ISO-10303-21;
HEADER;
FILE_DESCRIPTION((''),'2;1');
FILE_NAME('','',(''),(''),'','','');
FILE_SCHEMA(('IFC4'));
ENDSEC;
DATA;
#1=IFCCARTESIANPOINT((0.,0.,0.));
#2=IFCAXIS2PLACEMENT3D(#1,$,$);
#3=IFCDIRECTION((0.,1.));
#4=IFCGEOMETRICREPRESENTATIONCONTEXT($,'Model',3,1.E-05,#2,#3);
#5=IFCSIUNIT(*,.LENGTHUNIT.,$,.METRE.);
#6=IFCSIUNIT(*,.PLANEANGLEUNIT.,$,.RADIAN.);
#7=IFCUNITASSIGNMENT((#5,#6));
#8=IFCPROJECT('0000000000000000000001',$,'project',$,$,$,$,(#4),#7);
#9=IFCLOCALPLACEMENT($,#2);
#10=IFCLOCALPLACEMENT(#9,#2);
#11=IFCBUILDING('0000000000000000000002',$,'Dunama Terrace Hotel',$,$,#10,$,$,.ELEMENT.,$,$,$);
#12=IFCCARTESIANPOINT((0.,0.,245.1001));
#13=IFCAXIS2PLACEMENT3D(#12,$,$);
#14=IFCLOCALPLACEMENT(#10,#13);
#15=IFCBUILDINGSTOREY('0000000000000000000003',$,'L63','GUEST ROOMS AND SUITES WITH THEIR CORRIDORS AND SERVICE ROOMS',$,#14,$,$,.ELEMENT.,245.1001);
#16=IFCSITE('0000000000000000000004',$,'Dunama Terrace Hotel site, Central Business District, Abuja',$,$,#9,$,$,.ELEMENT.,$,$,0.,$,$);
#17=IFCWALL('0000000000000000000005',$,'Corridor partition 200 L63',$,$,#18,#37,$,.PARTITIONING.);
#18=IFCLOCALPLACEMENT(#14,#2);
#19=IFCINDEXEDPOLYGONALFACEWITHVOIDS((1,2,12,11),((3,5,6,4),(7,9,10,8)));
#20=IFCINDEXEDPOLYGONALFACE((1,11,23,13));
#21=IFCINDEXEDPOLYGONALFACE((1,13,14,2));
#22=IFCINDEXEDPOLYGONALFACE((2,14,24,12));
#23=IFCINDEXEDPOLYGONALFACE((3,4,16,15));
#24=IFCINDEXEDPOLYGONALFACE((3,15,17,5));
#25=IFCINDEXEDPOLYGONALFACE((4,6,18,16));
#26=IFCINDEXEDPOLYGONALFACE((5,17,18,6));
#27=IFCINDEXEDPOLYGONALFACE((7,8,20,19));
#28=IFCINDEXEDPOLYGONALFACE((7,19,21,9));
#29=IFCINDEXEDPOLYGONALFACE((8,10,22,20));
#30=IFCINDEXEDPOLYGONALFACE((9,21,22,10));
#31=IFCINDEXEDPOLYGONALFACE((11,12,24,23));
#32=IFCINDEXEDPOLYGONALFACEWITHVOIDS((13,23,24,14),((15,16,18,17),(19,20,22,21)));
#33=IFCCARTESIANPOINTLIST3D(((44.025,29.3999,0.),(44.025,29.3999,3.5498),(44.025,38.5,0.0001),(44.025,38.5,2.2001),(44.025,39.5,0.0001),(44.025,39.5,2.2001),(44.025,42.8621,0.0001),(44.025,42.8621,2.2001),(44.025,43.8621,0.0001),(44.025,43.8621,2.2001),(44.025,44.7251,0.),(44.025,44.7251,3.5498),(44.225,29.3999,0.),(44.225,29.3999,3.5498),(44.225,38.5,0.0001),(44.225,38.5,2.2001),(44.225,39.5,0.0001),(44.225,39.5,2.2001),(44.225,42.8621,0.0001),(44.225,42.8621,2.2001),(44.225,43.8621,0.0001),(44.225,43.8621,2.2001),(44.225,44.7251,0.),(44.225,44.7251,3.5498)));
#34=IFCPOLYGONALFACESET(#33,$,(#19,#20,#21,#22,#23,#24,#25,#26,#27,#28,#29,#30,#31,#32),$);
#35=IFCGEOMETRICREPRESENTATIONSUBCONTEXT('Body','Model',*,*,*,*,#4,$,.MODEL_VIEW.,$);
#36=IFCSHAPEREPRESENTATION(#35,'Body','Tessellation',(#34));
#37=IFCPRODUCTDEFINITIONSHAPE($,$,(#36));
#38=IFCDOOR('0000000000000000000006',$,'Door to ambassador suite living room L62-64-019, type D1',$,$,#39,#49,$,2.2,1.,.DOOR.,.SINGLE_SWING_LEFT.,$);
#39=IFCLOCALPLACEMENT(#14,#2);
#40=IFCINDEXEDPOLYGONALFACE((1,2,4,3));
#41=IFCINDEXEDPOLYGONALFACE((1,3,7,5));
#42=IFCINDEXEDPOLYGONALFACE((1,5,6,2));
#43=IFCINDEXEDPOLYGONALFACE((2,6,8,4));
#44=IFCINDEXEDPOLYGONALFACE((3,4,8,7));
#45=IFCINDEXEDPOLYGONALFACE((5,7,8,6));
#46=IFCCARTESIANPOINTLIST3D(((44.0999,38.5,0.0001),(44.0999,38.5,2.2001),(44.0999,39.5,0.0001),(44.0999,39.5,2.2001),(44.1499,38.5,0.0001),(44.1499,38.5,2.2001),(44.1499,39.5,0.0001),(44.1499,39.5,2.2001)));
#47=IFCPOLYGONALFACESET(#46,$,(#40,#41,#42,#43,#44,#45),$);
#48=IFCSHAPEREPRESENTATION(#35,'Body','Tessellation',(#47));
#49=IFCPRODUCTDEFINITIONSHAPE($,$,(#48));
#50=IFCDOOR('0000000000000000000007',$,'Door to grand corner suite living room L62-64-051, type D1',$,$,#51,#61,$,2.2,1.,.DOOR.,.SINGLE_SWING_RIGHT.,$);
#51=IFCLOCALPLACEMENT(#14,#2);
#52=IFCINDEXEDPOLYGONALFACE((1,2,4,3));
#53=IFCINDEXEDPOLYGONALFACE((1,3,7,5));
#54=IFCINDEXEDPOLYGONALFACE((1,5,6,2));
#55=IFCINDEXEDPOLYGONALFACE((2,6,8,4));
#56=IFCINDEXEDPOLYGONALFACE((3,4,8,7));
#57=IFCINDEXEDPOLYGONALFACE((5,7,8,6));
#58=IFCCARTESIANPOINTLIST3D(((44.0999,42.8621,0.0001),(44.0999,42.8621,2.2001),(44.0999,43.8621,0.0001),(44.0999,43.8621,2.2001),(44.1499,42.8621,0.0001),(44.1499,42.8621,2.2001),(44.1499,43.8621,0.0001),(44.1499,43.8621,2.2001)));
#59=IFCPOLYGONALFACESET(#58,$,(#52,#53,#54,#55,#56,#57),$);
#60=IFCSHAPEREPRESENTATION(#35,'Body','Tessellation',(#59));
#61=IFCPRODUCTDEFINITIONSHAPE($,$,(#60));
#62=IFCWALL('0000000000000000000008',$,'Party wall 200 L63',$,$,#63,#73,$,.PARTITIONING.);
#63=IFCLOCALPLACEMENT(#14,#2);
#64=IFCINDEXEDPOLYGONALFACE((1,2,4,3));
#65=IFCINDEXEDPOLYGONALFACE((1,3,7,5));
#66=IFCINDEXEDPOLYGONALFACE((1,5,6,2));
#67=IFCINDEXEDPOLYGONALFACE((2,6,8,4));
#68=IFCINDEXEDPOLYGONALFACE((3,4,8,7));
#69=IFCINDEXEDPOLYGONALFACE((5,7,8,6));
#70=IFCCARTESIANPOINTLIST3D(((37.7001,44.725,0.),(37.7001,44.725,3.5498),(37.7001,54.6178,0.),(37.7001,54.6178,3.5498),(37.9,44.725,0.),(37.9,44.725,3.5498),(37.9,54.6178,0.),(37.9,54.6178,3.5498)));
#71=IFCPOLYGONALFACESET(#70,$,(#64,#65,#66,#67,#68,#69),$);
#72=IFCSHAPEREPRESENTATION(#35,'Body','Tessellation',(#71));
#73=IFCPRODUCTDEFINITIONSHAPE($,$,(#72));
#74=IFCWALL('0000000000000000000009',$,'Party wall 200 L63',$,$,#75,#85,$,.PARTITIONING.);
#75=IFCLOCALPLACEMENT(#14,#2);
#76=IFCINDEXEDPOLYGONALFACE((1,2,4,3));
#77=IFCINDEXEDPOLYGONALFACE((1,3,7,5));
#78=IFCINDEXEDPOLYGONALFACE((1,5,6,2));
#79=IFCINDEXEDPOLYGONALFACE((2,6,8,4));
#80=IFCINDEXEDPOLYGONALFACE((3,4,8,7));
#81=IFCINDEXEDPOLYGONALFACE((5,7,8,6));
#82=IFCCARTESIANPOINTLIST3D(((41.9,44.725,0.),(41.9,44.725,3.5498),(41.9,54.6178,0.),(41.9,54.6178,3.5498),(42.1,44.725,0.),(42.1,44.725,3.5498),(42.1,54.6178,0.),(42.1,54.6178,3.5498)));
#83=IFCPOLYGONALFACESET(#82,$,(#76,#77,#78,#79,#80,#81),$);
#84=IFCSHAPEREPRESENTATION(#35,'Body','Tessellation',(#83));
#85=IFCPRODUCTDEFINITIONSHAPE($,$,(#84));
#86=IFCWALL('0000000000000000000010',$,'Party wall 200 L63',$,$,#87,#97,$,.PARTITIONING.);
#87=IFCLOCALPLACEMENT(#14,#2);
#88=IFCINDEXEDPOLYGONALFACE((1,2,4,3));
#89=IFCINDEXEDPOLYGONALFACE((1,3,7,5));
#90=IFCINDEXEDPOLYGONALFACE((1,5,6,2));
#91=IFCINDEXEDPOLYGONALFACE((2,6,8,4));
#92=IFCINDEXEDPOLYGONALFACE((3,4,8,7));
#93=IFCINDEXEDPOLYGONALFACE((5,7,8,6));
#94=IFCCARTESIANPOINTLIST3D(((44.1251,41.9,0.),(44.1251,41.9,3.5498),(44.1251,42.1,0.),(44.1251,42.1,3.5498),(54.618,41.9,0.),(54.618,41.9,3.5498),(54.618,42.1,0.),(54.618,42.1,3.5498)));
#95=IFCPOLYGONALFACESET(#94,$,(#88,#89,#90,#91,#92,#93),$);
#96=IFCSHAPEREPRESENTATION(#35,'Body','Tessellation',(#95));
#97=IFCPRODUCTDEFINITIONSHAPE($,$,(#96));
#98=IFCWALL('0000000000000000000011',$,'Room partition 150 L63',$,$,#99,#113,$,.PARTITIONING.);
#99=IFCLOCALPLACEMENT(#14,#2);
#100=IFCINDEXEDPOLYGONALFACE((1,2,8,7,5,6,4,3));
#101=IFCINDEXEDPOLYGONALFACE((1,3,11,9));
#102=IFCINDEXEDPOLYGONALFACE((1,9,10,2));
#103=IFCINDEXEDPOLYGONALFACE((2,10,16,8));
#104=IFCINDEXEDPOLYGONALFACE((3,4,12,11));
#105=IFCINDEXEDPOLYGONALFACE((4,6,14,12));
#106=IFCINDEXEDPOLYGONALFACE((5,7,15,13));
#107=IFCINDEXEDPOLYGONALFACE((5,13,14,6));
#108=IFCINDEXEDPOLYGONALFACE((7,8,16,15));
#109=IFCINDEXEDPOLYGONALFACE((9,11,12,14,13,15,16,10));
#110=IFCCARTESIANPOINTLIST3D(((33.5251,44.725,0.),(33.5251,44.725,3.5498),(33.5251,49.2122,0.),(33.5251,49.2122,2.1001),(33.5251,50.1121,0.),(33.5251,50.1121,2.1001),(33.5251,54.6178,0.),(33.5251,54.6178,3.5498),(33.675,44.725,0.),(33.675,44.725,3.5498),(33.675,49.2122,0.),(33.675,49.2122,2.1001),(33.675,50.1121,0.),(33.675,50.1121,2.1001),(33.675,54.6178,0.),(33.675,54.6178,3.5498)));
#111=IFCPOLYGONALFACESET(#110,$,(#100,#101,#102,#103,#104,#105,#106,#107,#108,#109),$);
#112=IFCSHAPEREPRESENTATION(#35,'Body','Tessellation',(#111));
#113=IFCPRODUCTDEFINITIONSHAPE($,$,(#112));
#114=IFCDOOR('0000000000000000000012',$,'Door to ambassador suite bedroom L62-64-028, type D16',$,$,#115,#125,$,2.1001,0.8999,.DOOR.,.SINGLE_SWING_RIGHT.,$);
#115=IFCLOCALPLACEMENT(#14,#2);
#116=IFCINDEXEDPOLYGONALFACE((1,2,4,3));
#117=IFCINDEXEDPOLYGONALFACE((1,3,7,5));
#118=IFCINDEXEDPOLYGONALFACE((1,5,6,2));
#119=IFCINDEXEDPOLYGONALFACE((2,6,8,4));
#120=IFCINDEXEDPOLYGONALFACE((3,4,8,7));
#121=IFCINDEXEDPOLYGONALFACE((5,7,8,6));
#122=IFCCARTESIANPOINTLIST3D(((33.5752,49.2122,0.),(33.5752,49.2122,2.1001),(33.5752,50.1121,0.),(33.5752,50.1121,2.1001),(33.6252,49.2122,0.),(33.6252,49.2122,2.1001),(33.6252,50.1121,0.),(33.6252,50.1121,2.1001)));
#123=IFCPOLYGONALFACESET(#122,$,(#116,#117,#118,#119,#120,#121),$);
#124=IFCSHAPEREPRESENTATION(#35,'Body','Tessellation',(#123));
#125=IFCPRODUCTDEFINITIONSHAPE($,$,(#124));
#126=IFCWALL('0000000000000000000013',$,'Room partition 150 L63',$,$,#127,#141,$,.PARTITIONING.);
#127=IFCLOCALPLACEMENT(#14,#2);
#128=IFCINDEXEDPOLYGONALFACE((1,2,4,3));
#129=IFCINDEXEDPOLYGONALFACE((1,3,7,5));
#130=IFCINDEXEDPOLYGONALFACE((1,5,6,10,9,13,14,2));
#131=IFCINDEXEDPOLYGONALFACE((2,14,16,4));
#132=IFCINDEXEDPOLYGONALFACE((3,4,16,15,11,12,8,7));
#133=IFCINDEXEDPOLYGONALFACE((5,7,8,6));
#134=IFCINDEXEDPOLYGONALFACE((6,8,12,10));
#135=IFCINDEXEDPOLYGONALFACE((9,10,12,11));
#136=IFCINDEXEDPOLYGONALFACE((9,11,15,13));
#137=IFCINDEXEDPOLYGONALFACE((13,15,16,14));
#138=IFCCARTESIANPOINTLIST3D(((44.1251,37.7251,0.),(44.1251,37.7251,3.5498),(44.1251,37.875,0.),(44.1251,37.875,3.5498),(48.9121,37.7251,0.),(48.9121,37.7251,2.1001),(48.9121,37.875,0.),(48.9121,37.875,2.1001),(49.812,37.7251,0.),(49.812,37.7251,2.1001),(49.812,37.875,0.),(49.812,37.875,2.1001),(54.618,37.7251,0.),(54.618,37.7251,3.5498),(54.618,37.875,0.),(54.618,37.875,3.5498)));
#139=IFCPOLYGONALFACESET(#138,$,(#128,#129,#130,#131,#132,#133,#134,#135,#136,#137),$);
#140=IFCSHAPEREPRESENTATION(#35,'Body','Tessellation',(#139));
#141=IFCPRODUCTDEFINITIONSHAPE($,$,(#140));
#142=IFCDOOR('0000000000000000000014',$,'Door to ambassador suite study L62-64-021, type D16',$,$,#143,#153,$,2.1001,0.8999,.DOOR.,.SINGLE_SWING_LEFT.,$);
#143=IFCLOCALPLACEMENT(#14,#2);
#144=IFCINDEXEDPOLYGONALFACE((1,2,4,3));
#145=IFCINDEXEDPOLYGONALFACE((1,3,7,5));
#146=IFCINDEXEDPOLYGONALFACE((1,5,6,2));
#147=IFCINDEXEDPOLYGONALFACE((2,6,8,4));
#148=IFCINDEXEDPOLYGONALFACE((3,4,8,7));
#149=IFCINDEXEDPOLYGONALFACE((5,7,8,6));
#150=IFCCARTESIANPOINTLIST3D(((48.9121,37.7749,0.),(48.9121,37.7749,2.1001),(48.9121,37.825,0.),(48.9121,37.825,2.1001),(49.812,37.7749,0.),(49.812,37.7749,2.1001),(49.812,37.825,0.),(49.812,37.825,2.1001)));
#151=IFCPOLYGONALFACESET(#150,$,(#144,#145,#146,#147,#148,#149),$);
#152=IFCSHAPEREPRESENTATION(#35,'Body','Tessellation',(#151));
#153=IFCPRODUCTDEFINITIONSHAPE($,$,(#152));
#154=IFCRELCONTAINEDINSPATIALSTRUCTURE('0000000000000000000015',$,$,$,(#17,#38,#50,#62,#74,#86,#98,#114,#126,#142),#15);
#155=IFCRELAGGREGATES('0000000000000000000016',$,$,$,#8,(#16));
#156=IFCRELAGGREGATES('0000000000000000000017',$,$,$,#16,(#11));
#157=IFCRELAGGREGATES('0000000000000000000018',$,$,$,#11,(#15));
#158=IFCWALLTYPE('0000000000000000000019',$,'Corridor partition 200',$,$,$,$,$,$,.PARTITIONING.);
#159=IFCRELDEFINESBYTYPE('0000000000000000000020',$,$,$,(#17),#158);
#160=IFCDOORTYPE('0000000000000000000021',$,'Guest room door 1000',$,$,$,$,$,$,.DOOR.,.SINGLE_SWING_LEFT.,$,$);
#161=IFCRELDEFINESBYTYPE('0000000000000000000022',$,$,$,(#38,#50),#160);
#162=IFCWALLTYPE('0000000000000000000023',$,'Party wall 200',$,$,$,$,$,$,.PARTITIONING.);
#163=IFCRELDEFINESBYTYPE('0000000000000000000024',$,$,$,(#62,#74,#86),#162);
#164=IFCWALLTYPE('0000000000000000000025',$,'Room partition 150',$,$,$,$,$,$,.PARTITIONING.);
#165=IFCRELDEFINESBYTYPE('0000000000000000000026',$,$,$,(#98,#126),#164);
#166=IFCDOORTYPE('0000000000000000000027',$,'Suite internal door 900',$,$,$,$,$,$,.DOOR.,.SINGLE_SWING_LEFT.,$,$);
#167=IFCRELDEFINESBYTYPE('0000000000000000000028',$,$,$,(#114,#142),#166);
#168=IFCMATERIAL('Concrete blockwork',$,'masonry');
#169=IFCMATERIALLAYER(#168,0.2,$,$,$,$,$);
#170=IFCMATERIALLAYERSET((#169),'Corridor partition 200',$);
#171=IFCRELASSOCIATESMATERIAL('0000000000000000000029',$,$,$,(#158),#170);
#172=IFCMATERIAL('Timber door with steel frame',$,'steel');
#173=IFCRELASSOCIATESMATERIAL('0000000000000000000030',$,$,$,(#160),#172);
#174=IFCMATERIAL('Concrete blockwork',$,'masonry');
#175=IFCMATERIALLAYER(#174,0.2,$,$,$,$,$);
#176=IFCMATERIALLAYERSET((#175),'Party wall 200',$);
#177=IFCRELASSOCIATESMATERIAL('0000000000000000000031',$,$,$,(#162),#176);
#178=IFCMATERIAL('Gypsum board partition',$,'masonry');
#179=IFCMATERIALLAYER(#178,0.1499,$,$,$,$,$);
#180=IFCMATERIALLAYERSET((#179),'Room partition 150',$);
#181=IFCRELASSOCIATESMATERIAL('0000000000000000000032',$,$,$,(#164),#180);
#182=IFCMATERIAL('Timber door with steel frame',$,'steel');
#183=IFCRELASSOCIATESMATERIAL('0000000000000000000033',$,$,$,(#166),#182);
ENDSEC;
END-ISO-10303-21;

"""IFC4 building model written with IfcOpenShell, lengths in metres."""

from ifc_helpers import new_model, si_unit, direction, frame, frame_2d, origin, place, context, subcontext, project, spatial, rectangle, extrude, material, layer, layer_set, type_object, element, fill, save


model = new_model("IFC4")

# Units and contexts
model_context = context("Model", 3, precision=1e-05, world=origin(), true_north=direction((0.0, 1.0)))
body_context = subcontext(model_context, "Body", "Model", "MODEL_VIEW")
ifc_project = project(units=[si_unit("LENGTHUNIT", "METRE"), si_unit("PLANEANGLEUNIT", "RADIAN")], contexts=[model_context])

# Site, building, storey
site_placement = place(None, origin())
site = spatial("IfcSite", under=ifc_project, at=site_placement, Name="Dunama Terrace Hotel site, Central Business District, Abuja", CompositionType="ELEMENT", RefElevation=0.0)
building_placement = place(site_placement, origin())
building = spatial("IfcBuilding", under=site, at=building_placement, Name="Dunama Terrace Hotel", CompositionType="ELEMENT")
storey_placement = place(building_placement, frame((0.0, 0.0, 245.1001)))
storey = spatial("IfcBuildingStorey", under=building, at=storey_placement, Name="L63", Description="GUEST ROOMS AND SUITES WITH THEIR CORRIDORS AND SERVICE ROOMS", CompositionType="ELEMENT", Elevation=245.1001)

# Wall, openings, doors
ifc_material_1 = material(Name="Concrete blockwork", Category="masonry")
ifc_layer_1 = layer(ifc_material_1, 0.2)
ifc_layer_set_1 = layer_set([ifc_layer_1], Name="Corridor partition 200")
wall_type_1 = type_object("IfcWallType", Name="Corridor partition 200", PredefinedType="PARTITIONING", material=ifc_layer_set_1)
wall_1_placement = place(storey_placement, frame((44.125, 44.7251, 0.0), z_axis=(0.0, 0.0, 1.0), x_axis=(0.0, -1.0, 0.0)))
wall_1 = element("IfcWall", 1, at=wall_1_placement, inside=storey, type_object=wall_type_1, Name="Corridor partition 200 L63", PredefinedType="PARTITIONING", context=body_context, shape_type="SweptSolid", body=[
    extrude(rectangle(XDim=15.3252, YDim=0.2, at=frame_2d((7.6626, 0.0))), origin(), (0.0, 0.0, 1.0), 3.5498),
])
opening_1_placement = place(wall_1_placement, frame((5.2251, 0.0, 0.0)))
opening_1 = element("IfcOpeningElement", 2, at=opening_1_placement, cuts=wall_1, PredefinedType="OPENING", context=body_context, shape_type="SweptSolid", body=[
    extrude(rectangle(XDim=1.0, YDim=2.2, at=frame_2d((0.5, 1.1001))), frame((0.0, 0.1099, 0.0), z_axis=(0.0, -1.0, 0.0), x_axis=(1.0, 0.0, 0.0)), (0.0, 0.0, 1.0), 0.22),
])
opening_2_placement = place(wall_1_placement, frame((0.863, 0.0, 0.0)))
opening_2 = element("IfcOpeningElement", 3, at=opening_2_placement, cuts=wall_1, PredefinedType="OPENING", context=body_context, shape_type="SweptSolid", body=[
    extrude(rectangle(XDim=1.0, YDim=2.2, at=frame_2d((0.5, 1.1001))), frame((0.0, 0.1099, 0.0), z_axis=(0.0, -1.0, 0.0), x_axis=(1.0, 0.0, 0.0)), (0.0, 0.0, 1.0), 0.22),
])
ifc_material_2 = material(Name="Timber door with steel frame", Category="steel")
door_type_1 = type_object("IfcDoorType", Name="Guest room door 1000", OperationType="SINGLE_SWING_LEFT", PredefinedType="DOOR", material=ifc_material_2)
door_1_placement = place(opening_1_placement, origin())
door_1 = element("IfcDoor", 4, at=door_1_placement, inside=storey, type_object=door_type_1, Name="Door to ambassador suite living room L62-64-019, type D1", OperationType="SINGLE_SWING_LEFT", OverallHeight=2.2, OverallWidth=1.0, PredefinedType="DOOR", context=body_context, shape_type="SweptSolid", body=[
    extrude(rectangle(XDim=1.0, YDim=2.2, at=frame_2d((0.5, 1.1001))), frame((0.0, 0.0249, 0.0), z_axis=(0.0, -1.0, 0.0), x_axis=(1.0, 0.0, 0.0)), (0.0, 0.0, 1.0), 0.05),
])
fill(opening_1, door_1)
door_2_placement = place(opening_2_placement, origin())
door_2 = element("IfcDoor", 5, at=door_2_placement, inside=storey, type_object=door_type_1, Name="Door to grand corner suite living room L62-64-051, type D1", OperationType="SINGLE_SWING_RIGHT", OverallHeight=2.2, OverallWidth=1.0, PredefinedType="DOOR", context=body_context, shape_type="SweptSolid", body=[
    extrude(rectangle(XDim=1.0, YDim=2.2, at=frame_2d((0.5, 1.1001))), frame((0.0, 0.0249, 0.0), z_axis=(0.0, -1.0, 0.0), x_axis=(1.0, 0.0, 0.0)), (0.0, 0.0, 1.0), 0.05),
])
fill(opening_2, door_2)

# Walls
ifc_material_3 = material(Name="Concrete blockwork", Category="masonry")
ifc_layer_2 = layer(ifc_material_3, 0.2)
ifc_layer_set_2 = layer_set([ifc_layer_2], Name="Party wall 200")
wall_type_2 = type_object("IfcWallType", Name="Party wall 200", PredefinedType="PARTITIONING", material=ifc_layer_set_2)
for number, where, z_axis, x_axis, name in (
    (6, (37.8, 44.7251, 0.0), (0.0, 0.0, 1.0), (0.0, 1.0, 0.0), "Party wall 200 L63"),
    (7, (42.0, 44.7251, 0.0), (0.0, 0.0, 1.0), (0.0, 1.0, 0.0), "Party wall 200 L63"),
):
    element("IfcWall", number, at=place(storey_placement, frame(where, z_axis=z_axis, x_axis=x_axis)), inside=storey, type_object=wall_type_2, Name=name, PredefinedType="PARTITIONING", context=body_context, shape_type="SweptSolid", body=[
        extrude(rectangle(XDim=9.8928, YDim=0.2, at=frame_2d((4.9463, 0.0))), origin(), (0.0, 0.0, 1.0), 3.5498),
    ])
wall_2_placement = place(storey_placement, frame((44.125, 42.0, 0.0), z_axis=(0.0, 0.0, 1.0), x_axis=(1.0, 0.0, 0.0)))
element("IfcWall", 8, at=wall_2_placement, inside=storey, type_object=wall_type_2, Name="Party wall 200 L63", PredefinedType="PARTITIONING", context=body_context, shape_type="SweptSolid", body=[
    extrude(rectangle(XDim=10.4929, YDim=0.2, at=frame_2d((5.2466, 0.0))), origin(), (0.0, 0.0, 1.0), 3.5498),
])

# Walls, openings, doors
ifc_material_4 = material(Name="Gypsum board partition", Category="masonry")
ifc_layer_3 = layer(ifc_material_4, 0.1499)
ifc_layer_set_3 = layer_set([ifc_layer_3], Name="Room partition 150")
wall_type_3 = type_object("IfcWallType", Name="Room partition 150", PredefinedType="PARTITIONING", material=ifc_layer_set_3)
wall_3_placement = place(storey_placement, frame((33.6001, 44.7251, 0.0), z_axis=(0.0, 0.0, 1.0), x_axis=(0.0, 1.0, 0.0)))
wall_3 = element("IfcWall", 9, at=wall_3_placement, inside=storey, type_object=wall_type_3, Name="Room partition 150 L63", PredefinedType="PARTITIONING", context=body_context, shape_type="SweptSolid", body=[
    extrude(rectangle(XDim=9.8928, YDim=0.1499, at=frame_2d((4.9463, 0.0))), origin(), (0.0, 0.0, 1.0), 3.5498),
])
opening_3_placement = place(wall_3_placement, frame((4.4871, 0.0, 0.0)))
opening_3 = element("IfcOpeningElement", 10, at=opening_3_placement, cuts=wall_3, PredefinedType="OPENING", context=body_context, shape_type="SweptSolid", body=[
    extrude(rectangle(XDim=0.8999, YDim=2.1001, at=frame_2d((0.45, 1.05))), frame((0.0, 0.085, 0.0), z_axis=(0.0, -1.0, 0.0), x_axis=(1.0, 0.0, 0.0)), (0.0, 0.0, 1.0), 0.1699),
])
ifc_material_5 = material(Name="Timber door with steel frame", Category="steel")
door_type_2 = type_object("IfcDoorType", Name="Suite internal door 900", OperationType="SINGLE_SWING_LEFT", PredefinedType="DOOR", material=ifc_material_5)
door_3_placement = place(opening_3_placement, frame((0.8999, 0.0, 0.0), z_axis=(0.0, 0.0, 1.0), x_axis=(-1.0, 0.0, 0.0)))
door_3 = element("IfcDoor", 11, at=door_3_placement, inside=storey, type_object=door_type_2, Name="Door to ambassador suite bedroom L62-64-028, type D16", OperationType="SINGLE_SWING_RIGHT", OverallHeight=2.1001, OverallWidth=0.8999, PredefinedType="DOOR", context=body_context, shape_type="SweptSolid", body=[
    extrude(rectangle(XDim=0.8999, YDim=2.1001, at=frame_2d((0.45, 1.05))), frame((0.0, 0.0251, 0.0), z_axis=(0.0, -1.0, 0.0), x_axis=(1.0, 0.0, 0.0)), (0.0, 0.0, 1.0), 0.05),
])
fill(opening_3, door_3)
wall_4_placement = place(storey_placement, frame((44.125, 37.8, 0.0), z_axis=(0.0, 0.0, 1.0), x_axis=(1.0, 0.0, 0.0)))
wall_4 = element("IfcWall", 12, at=wall_4_placement, inside=storey, type_object=wall_type_3, Name="Room partition 150 L63", PredefinedType="PARTITIONING", context=body_context, shape_type="SweptSolid", body=[
    extrude(rectangle(XDim=10.4929, YDim=0.1499, at=frame_2d((5.2466, 0.0))), origin(), (0.0, 0.0, 1.0), 3.5498),
])
opening_4_placement = place(wall_4_placement, frame((4.7871, 0.0, 0.0)))
opening_4 = element("IfcOpeningElement", 13, at=opening_4_placement, cuts=wall_4, PredefinedType="OPENING", context=body_context, shape_type="SweptSolid", body=[
    extrude(rectangle(XDim=0.8999, YDim=2.1001, at=frame_2d((0.45, 1.05))), frame((0.0, 0.085, 0.0), z_axis=(0.0, -1.0, 0.0), x_axis=(1.0, 0.0, 0.0)), (0.0, 0.0, 1.0), 0.1699),
])
door_4_placement = place(opening_4_placement, origin())
door_4 = element("IfcDoor", 14, at=door_4_placement, inside=storey, type_object=door_type_2, Name="Door to ambassador suite study L62-64-021, type D16", OperationType="SINGLE_SWING_LEFT", OverallHeight=2.1001, OverallWidth=0.8999, PredefinedType="DOOR", context=body_context, shape_type="SweptSolid", body=[
    extrude(rectangle(XDim=0.8999, YDim=2.1001, at=frame_2d((0.45, 1.05))), frame((0.0, 0.0249, 0.0), z_axis=(0.0, -1.0, 0.0), x_axis=(1.0, 0.0, 0.0)), (0.0, 0.0, 1.0), 0.05),
])
fill(opening_4, door_4)

save(model, "model.ifc")
